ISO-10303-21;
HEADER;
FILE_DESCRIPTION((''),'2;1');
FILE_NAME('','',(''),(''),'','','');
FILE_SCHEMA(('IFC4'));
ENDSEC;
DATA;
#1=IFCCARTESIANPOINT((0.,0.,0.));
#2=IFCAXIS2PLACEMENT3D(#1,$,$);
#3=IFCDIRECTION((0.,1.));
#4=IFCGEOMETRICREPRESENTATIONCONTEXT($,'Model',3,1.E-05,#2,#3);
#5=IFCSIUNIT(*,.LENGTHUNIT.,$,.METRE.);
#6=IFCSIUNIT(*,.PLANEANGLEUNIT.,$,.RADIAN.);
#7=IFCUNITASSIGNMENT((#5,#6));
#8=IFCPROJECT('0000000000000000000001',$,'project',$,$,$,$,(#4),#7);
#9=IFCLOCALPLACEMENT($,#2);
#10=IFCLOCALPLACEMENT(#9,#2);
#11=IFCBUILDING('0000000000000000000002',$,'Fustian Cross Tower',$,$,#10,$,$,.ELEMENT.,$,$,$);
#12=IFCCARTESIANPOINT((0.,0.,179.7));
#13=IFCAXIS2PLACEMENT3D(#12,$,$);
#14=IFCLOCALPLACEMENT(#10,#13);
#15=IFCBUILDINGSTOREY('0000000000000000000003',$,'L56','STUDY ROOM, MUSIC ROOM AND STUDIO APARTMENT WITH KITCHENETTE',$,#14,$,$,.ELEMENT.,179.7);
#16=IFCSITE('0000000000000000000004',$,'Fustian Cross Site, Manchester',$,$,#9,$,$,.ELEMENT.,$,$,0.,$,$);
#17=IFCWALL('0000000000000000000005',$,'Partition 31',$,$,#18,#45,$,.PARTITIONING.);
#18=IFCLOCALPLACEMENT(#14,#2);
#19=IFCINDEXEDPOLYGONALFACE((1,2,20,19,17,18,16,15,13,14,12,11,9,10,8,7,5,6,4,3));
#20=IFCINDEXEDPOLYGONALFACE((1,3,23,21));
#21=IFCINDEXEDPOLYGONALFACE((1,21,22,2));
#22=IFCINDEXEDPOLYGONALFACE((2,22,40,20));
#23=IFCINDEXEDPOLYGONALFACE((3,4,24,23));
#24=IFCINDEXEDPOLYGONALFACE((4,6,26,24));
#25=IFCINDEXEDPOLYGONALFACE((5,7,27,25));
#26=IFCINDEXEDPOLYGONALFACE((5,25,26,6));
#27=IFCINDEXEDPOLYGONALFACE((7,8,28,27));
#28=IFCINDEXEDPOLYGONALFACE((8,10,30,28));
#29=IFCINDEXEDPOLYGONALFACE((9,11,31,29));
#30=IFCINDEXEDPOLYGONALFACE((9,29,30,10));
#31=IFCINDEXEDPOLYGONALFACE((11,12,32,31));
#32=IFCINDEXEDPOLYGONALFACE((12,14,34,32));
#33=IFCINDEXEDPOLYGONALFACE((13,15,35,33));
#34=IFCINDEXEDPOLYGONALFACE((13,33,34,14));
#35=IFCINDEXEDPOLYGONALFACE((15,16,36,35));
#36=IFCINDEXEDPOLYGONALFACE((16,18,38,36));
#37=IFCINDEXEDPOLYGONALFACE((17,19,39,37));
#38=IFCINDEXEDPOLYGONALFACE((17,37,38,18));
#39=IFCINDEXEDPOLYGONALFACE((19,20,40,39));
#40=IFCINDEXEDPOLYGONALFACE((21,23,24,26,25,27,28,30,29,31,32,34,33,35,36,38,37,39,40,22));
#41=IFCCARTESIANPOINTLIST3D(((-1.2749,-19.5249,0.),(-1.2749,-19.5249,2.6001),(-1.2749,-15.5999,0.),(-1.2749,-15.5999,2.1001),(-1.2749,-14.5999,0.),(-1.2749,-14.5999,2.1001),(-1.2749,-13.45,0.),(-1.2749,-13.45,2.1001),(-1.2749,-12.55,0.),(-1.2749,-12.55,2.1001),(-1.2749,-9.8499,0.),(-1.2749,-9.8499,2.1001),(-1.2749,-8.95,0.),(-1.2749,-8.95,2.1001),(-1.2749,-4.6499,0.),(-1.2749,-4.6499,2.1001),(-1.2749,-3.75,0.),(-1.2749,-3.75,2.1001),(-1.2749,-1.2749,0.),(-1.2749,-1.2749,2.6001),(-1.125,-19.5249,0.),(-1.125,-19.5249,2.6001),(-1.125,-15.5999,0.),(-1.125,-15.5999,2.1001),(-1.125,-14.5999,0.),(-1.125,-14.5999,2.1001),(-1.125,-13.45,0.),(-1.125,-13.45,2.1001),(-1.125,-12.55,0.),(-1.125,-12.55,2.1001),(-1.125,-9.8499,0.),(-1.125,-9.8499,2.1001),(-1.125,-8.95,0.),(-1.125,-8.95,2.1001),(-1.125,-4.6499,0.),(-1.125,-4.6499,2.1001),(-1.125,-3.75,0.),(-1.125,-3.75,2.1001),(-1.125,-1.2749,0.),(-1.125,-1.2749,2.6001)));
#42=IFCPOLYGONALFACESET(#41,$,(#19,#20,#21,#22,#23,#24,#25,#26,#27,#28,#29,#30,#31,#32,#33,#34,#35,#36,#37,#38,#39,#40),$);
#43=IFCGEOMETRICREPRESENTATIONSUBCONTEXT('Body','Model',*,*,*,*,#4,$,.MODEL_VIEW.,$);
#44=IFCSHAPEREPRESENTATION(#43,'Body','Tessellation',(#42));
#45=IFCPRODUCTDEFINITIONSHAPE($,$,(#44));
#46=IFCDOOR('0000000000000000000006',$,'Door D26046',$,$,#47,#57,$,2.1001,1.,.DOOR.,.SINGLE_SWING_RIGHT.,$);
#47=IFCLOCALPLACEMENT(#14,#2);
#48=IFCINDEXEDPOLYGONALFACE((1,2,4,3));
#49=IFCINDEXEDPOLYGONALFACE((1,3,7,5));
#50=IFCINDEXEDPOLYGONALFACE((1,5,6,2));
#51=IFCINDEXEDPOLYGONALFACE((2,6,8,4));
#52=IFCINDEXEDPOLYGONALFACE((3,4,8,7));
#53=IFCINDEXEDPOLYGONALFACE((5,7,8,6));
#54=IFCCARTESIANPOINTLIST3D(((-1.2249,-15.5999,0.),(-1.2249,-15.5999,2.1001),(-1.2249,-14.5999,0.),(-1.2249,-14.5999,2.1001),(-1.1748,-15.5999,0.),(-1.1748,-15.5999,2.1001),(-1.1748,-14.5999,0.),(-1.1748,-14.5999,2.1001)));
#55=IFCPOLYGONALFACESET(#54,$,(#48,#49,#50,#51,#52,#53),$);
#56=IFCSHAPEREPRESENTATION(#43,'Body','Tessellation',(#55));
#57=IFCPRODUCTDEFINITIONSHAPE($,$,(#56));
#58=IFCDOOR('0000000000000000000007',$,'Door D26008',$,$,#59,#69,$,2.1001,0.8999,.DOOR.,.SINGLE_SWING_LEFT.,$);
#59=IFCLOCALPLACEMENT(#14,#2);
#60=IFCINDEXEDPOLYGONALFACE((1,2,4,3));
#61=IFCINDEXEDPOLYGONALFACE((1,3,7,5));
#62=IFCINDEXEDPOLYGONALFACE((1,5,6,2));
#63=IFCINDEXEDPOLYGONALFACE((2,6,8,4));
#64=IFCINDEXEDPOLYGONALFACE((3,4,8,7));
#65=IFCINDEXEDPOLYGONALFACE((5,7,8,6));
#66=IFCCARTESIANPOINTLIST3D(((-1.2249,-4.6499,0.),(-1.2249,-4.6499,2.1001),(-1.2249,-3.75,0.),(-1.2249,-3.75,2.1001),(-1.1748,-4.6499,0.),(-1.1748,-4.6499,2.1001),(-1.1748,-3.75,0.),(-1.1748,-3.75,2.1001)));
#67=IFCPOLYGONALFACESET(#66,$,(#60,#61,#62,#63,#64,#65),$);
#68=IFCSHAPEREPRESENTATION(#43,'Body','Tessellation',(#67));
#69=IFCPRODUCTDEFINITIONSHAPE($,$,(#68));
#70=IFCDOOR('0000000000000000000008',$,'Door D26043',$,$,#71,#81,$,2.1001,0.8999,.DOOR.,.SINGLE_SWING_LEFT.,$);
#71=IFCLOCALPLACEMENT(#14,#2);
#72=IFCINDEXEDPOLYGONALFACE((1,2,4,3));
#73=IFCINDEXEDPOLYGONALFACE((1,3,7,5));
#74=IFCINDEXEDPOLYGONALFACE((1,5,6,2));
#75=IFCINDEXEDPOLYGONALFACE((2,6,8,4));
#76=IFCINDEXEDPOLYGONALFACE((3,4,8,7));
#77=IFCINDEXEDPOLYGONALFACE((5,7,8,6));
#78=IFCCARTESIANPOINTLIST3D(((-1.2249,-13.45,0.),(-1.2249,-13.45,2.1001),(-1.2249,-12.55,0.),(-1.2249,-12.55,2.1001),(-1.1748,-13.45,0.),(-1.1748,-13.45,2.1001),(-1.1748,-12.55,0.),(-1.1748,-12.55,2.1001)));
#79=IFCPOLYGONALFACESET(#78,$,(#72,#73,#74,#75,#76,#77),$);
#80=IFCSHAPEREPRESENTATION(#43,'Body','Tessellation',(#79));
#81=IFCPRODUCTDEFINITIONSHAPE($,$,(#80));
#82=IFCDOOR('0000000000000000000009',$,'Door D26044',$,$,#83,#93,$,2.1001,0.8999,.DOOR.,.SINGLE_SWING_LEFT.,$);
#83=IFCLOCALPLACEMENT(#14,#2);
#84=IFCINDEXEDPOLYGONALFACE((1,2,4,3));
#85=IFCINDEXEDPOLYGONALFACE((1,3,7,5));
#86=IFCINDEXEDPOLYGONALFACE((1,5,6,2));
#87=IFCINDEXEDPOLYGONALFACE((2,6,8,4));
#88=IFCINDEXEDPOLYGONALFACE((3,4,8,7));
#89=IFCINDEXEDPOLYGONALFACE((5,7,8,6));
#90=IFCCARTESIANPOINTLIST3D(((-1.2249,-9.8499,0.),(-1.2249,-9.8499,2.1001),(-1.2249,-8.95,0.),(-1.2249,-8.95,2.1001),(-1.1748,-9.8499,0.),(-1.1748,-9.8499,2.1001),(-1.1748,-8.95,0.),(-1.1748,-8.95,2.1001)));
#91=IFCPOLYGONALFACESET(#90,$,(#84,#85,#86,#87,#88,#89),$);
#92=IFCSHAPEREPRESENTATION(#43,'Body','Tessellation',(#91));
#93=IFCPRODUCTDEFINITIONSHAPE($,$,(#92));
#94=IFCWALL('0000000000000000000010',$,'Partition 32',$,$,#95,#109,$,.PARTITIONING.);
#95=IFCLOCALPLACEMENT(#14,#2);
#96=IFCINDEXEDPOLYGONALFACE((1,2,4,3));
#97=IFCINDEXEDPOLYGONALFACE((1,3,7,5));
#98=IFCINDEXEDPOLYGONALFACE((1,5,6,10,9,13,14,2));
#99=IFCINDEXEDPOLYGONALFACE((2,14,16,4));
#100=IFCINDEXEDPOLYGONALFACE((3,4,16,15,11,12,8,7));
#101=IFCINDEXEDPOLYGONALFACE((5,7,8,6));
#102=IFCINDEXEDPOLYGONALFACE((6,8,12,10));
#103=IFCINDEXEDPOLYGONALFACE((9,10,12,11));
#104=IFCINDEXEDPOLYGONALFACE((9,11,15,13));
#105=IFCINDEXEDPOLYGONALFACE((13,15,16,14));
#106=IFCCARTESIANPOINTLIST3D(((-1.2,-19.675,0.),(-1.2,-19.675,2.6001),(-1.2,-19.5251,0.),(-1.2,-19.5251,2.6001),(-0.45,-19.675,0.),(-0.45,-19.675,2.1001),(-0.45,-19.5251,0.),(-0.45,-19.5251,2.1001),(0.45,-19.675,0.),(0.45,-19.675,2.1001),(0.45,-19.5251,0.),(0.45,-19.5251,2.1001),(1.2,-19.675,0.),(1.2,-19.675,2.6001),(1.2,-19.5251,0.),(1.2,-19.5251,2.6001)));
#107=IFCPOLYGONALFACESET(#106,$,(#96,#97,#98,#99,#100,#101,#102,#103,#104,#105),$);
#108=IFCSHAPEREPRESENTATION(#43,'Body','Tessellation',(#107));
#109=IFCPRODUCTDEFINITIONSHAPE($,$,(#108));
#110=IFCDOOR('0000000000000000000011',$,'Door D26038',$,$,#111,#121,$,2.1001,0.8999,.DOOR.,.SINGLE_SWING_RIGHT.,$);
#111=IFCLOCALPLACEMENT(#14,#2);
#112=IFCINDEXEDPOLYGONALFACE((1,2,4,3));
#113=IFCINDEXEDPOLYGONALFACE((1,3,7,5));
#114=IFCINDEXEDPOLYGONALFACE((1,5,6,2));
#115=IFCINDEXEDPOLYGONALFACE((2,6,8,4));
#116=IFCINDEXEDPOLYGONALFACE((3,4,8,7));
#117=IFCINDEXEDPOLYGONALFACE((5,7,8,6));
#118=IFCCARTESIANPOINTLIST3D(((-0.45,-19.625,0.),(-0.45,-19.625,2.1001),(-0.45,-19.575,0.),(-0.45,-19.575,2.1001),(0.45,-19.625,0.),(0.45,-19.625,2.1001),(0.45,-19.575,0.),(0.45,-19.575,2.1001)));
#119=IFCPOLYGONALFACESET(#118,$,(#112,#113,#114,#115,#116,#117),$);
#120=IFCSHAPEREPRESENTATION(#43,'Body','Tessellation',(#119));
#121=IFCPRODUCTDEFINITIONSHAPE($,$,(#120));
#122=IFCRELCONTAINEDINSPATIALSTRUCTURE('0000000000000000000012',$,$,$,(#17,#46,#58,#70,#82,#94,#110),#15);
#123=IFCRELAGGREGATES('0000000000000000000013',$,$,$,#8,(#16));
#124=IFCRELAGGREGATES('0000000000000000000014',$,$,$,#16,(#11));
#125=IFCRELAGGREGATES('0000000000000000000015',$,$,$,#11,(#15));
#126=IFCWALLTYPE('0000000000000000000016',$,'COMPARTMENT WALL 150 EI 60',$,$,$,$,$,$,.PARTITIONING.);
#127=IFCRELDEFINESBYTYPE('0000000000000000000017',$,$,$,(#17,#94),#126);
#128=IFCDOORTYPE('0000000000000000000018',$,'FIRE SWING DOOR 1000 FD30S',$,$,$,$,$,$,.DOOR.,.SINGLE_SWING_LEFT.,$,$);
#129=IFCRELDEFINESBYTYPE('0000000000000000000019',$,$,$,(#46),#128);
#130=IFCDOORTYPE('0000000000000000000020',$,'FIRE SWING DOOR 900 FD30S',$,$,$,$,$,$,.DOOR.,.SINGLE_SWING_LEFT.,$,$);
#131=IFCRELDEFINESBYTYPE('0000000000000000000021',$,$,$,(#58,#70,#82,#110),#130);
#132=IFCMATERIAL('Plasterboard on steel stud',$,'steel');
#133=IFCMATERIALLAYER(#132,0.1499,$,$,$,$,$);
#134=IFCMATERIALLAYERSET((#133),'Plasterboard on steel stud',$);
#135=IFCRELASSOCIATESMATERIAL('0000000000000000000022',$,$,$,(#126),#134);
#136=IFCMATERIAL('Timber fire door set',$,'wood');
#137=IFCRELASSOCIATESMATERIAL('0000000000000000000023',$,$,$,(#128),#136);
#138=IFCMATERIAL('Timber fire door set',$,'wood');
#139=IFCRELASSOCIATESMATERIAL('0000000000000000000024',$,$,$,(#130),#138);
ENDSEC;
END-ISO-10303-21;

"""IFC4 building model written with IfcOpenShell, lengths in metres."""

from ifc_helpers import new_model, si_unit, direction, frame, frame_2d, origin, place, context, subcontext, project, spatial, rectangle, extrude, material, layer, layer_set, type_object, element, fill, save


model = new_model("IFC4")

# Units and contexts
model_context = context("Model", 3, precision=1e-05, world=origin(), true_north=direction((0.0, 1.0)))
body_context = subcontext(model_context, "Body", "Model", "MODEL_VIEW")
ifc_project = project(units=[si_unit("LENGTHUNIT", "METRE"), si_unit("PLANEANGLEUNIT", "RADIAN")], contexts=[model_context])

# Site, building, storey
site_placement = place(None, origin())
site = spatial("IfcSite", under=ifc_project, at=site_placement, Name="Fustian Cross Site, Manchester", CompositionType="ELEMENT", RefElevation=0.0)
building_placement = place(site_placement, origin())
building = spatial("IfcBuilding", under=site, at=building_placement, Name="Fustian Cross Tower", CompositionType="ELEMENT")
storey_placement = place(building_placement, frame((0.0, 0.0, 179.7)))
storey = spatial("IfcBuildingStorey", under=building, at=storey_placement, Name="L56", Description="STUDY ROOM, MUSIC ROOM AND STUDIO APARTMENT WITH KITCHENETTE", CompositionType="ELEMENT", Elevation=179.7)

# Wall, openings, doors
ifc_material_1 = material(Name="Plasterboard on steel stud", Category="steel")
ifc_layer_1 = layer(ifc_material_1, 0.1499)
ifc_layer_set_1 = layer_set([ifc_layer_1], Name="Plasterboard on steel stud")
wall_type_1 = type_object("IfcWallType", Name="COMPARTMENT WALL 150 EI 60", PredefinedType="PARTITIONING", material=ifc_layer_set_1)
wall_1_placement = place(storey_placement, frame((-1.2, -19.5249, 0.0), z_axis=(0.0, 0.0, 1.0), x_axis=(0.0, 1.0, 0.0)))
wall_1 = element("IfcWall", 1, at=wall_1_placement, inside=storey, type_object=wall_type_1, Name="Partition 31", PredefinedType="PARTITIONING", context=body_context, shape_type="SweptSolid", body=[
    extrude(rectangle(XDim=18.25, YDim=0.1499, at=frame_2d((9.125, 0.0))), origin(), (0.0, 0.0, 1.0), 2.6001),
])
opening_1_placement = place(wall_1_placement, frame((14.875, 0.0, 0.0)))
opening_1 = element("IfcOpeningElement", 2, at=opening_1_placement, cuts=wall_1, PredefinedType="OPENING", context=body_context, shape_type="SweptSolid", body=[
    extrude(rectangle(XDim=0.8999, YDim=2.1001, at=frame_2d((0.45, 1.05))), frame((0.0, 0.085, 0.0), z_axis=(0.0, -1.0, 0.0), x_axis=(1.0, 0.0, 0.0)), (0.0, 0.0, 1.0), 0.1699),
])
opening_2_placement = place(wall_1_placement, frame((6.075, 0.0, 0.0)))
opening_2 = element("IfcOpeningElement", 3, at=opening_2_placement, cuts=wall_1, PredefinedType="OPENING", context=body_context, shape_type="SweptSolid", body=[
    extrude(rectangle(XDim=0.8999, YDim=2.1001, at=frame_2d((0.45, 1.05))), frame((0.0, 0.085, 0.0), z_axis=(0.0, -1.0, 0.0), x_axis=(1.0, 0.0, 0.0)), (0.0, 0.0, 1.0), 0.1699),
])
opening_3_placement = place(wall_1_placement, frame((9.675, 0.0, 0.0)))
opening_3 = element("IfcOpeningElement", 4, at=opening_3_placement, cuts=wall_1, PredefinedType="OPENING", context=body_context, shape_type="SweptSolid", body=[
    extrude(rectangle(XDim=0.8999, YDim=2.1001, at=frame_2d((0.45, 1.05))), frame((0.0, 0.085, 0.0), z_axis=(0.0, -1.0, 0.0), x_axis=(1.0, 0.0, 0.0)), (0.0, 0.0, 1.0), 0.1699),
])
opening_4_placement = place(wall_1_placement, frame((3.925, 0.0, 0.0)))
opening_4 = element("IfcOpeningElement", 5, at=opening_4_placement, cuts=wall_1, PredefinedType="OPENING", context=body_context, shape_type="SweptSolid", body=[
    extrude(rectangle(XDim=1.0, YDim=2.1001, at=frame_2d((0.5, 1.05))), frame((0.0, 0.085, 0.0), z_axis=(0.0, -1.0, 0.0), x_axis=(1.0, 0.0, 0.0)), (0.0, 0.0, 1.0), 0.1699),
])
ifc_material_2 = material(Name="Timber fire door set", Category="wood")
door_type_1 = type_object("IfcDoorType", Name="FIRE SWING DOOR 1000 FD30S", OperationType="SINGLE_SWING_LEFT", PredefinedType="DOOR", material=ifc_material_2)
door_1_placement = place(opening_4_placement, origin())
door_1 = element("IfcDoor", 6, at=door_1_placement, inside=storey, type_object=door_type_1, Name="Door D26046", OperationType="SINGLE_SWING_RIGHT", OverallHeight=2.1001, OverallWidth=1.0, PredefinedType="DOOR", context=body_context, shape_type="SweptSolid", body=[
    extrude(rectangle(XDim=1.0, YDim=2.1001, at=frame_2d((0.5, 1.05))), frame((0.0, 0.0249, 0.0), z_axis=(0.0, -1.0, 0.0), x_axis=(1.0, 0.0, 0.0)), (0.0, 0.0, 1.0), 0.05),
])
fill(opening_4, door_1)
ifc_material_3 = material(Name="Timber fire door set", Category="wood")
door_type_2 = type_object("IfcDoorType", Name="FIRE SWING DOOR 900 FD30S", OperationType="SINGLE_SWING_LEFT", PredefinedType="DOOR", material=ifc_material_3)
door_2_placement = place(opening_1_placement, origin())
door_2 = element("IfcDoor", 7, at=door_2_placement, inside=storey, type_object=door_type_2, Name="Door D26008", OperationType="SINGLE_SWING_LEFT", OverallHeight=2.1001, OverallWidth=0.8999, PredefinedType="DOOR", context=body_context, shape_type="SweptSolid", body=[
    extrude(rectangle(XDim=0.8999, YDim=2.1001, at=frame_2d((0.45, 1.05))), frame((0.0, 0.0249, 0.0), z_axis=(0.0, -1.0, 0.0), x_axis=(1.0, 0.0, 0.0)), (0.0, 0.0, 1.0), 0.05),
])
fill(opening_1, door_2)
door_3_placement = place(opening_2_placement, origin())
door_3 = element("IfcDoor", 8, at=door_3_placement, inside=storey, type_object=door_type_2, Name="Door D26043", OperationType="SINGLE_SWING_LEFT", OverallHeight=2.1001, OverallWidth=0.8999, PredefinedType="DOOR", context=body_context, shape_type="SweptSolid", body=[
    extrude(rectangle(XDim=0.8999, YDim=2.1001, at=frame_2d((0.45, 1.05))), frame((0.0, 0.0249, 0.0), z_axis=(0.0, -1.0, 0.0), x_axis=(1.0, 0.0, 0.0)), (0.0, 0.0, 1.0), 0.05),
])
fill(opening_2, door_3)
door_4_placement = place(opening_3_placement, origin())
door_4 = element("IfcDoor", 9, at=door_4_placement, inside=storey, type_object=door_type_2, Name="Door D26044", OperationType="SINGLE_SWING_LEFT", OverallHeight=2.1001, OverallWidth=0.8999, PredefinedType="DOOR", context=body_context, shape_type="SweptSolid", body=[
    extrude(rectangle(XDim=0.8999, YDim=2.1001, at=frame_2d((0.45, 1.05))), frame((0.0, 0.0249, 0.0), z_axis=(0.0, -1.0, 0.0), x_axis=(1.0, 0.0, 0.0)), (0.0, 0.0, 1.0), 0.05),
])
fill(opening_3, door_4)

# Wall, opening, door
wall_2_placement = place(storey_placement, frame((-1.2, -19.6001, 0.0), z_axis=(0.0, 0.0, 1.0), x_axis=(1.0, 0.0, 0.0)))
wall_2 = element("IfcWall", 10, at=wall_2_placement, inside=storey, type_object=wall_type_1, Name="Partition 32", PredefinedType="PARTITIONING", context=body_context, shape_type="SweptSolid", body=[
    extrude(rectangle(XDim=2.3999, YDim=0.1499, at=frame_2d((1.2, 0.0))), origin(), (0.0, 0.0, 1.0), 2.6001),
])
opening_5_placement = place(wall_2_placement, frame((0.75, 0.0, 0.0)))
opening_5 = element("IfcOpeningElement", 11, at=opening_5_placement, cuts=wall_2, PredefinedType="OPENING", context=body_context, shape_type="SweptSolid", body=[
    extrude(rectangle(XDim=0.8999, YDim=2.1001, at=frame_2d((0.45, 1.05))), frame((0.0, 0.085, 0.0), z_axis=(0.0, -1.0, 0.0), x_axis=(1.0, 0.0, 0.0)), (0.0, 0.0, 1.0), 0.1699),
])
door_5_placement = place(opening_5_placement, frame((0.8999, 0.0, 0.0), z_axis=(0.0, 0.0, 1.0), x_axis=(-1.0, 0.0, 0.0)))
door_5 = element("IfcDoor", 12, at=door_5_placement, inside=storey, type_object=door_type_2, Name="Door D26038", OperationType="SINGLE_SWING_RIGHT", OverallHeight=2.1001, OverallWidth=0.8999, PredefinedType="DOOR", context=body_context, shape_type="SweptSolid", body=[
    extrude(rectangle(XDim=0.8999, YDim=2.1001, at=frame_2d((0.45, 1.05))), frame((0.0, 0.0249, 0.0), z_axis=(0.0, -1.0, 0.0), x_axis=(1.0, 0.0, 0.0)), (0.0, 0.0, 1.0), 0.05),
])
fill(opening_5, door_5)

save(model, "model.ifc")
